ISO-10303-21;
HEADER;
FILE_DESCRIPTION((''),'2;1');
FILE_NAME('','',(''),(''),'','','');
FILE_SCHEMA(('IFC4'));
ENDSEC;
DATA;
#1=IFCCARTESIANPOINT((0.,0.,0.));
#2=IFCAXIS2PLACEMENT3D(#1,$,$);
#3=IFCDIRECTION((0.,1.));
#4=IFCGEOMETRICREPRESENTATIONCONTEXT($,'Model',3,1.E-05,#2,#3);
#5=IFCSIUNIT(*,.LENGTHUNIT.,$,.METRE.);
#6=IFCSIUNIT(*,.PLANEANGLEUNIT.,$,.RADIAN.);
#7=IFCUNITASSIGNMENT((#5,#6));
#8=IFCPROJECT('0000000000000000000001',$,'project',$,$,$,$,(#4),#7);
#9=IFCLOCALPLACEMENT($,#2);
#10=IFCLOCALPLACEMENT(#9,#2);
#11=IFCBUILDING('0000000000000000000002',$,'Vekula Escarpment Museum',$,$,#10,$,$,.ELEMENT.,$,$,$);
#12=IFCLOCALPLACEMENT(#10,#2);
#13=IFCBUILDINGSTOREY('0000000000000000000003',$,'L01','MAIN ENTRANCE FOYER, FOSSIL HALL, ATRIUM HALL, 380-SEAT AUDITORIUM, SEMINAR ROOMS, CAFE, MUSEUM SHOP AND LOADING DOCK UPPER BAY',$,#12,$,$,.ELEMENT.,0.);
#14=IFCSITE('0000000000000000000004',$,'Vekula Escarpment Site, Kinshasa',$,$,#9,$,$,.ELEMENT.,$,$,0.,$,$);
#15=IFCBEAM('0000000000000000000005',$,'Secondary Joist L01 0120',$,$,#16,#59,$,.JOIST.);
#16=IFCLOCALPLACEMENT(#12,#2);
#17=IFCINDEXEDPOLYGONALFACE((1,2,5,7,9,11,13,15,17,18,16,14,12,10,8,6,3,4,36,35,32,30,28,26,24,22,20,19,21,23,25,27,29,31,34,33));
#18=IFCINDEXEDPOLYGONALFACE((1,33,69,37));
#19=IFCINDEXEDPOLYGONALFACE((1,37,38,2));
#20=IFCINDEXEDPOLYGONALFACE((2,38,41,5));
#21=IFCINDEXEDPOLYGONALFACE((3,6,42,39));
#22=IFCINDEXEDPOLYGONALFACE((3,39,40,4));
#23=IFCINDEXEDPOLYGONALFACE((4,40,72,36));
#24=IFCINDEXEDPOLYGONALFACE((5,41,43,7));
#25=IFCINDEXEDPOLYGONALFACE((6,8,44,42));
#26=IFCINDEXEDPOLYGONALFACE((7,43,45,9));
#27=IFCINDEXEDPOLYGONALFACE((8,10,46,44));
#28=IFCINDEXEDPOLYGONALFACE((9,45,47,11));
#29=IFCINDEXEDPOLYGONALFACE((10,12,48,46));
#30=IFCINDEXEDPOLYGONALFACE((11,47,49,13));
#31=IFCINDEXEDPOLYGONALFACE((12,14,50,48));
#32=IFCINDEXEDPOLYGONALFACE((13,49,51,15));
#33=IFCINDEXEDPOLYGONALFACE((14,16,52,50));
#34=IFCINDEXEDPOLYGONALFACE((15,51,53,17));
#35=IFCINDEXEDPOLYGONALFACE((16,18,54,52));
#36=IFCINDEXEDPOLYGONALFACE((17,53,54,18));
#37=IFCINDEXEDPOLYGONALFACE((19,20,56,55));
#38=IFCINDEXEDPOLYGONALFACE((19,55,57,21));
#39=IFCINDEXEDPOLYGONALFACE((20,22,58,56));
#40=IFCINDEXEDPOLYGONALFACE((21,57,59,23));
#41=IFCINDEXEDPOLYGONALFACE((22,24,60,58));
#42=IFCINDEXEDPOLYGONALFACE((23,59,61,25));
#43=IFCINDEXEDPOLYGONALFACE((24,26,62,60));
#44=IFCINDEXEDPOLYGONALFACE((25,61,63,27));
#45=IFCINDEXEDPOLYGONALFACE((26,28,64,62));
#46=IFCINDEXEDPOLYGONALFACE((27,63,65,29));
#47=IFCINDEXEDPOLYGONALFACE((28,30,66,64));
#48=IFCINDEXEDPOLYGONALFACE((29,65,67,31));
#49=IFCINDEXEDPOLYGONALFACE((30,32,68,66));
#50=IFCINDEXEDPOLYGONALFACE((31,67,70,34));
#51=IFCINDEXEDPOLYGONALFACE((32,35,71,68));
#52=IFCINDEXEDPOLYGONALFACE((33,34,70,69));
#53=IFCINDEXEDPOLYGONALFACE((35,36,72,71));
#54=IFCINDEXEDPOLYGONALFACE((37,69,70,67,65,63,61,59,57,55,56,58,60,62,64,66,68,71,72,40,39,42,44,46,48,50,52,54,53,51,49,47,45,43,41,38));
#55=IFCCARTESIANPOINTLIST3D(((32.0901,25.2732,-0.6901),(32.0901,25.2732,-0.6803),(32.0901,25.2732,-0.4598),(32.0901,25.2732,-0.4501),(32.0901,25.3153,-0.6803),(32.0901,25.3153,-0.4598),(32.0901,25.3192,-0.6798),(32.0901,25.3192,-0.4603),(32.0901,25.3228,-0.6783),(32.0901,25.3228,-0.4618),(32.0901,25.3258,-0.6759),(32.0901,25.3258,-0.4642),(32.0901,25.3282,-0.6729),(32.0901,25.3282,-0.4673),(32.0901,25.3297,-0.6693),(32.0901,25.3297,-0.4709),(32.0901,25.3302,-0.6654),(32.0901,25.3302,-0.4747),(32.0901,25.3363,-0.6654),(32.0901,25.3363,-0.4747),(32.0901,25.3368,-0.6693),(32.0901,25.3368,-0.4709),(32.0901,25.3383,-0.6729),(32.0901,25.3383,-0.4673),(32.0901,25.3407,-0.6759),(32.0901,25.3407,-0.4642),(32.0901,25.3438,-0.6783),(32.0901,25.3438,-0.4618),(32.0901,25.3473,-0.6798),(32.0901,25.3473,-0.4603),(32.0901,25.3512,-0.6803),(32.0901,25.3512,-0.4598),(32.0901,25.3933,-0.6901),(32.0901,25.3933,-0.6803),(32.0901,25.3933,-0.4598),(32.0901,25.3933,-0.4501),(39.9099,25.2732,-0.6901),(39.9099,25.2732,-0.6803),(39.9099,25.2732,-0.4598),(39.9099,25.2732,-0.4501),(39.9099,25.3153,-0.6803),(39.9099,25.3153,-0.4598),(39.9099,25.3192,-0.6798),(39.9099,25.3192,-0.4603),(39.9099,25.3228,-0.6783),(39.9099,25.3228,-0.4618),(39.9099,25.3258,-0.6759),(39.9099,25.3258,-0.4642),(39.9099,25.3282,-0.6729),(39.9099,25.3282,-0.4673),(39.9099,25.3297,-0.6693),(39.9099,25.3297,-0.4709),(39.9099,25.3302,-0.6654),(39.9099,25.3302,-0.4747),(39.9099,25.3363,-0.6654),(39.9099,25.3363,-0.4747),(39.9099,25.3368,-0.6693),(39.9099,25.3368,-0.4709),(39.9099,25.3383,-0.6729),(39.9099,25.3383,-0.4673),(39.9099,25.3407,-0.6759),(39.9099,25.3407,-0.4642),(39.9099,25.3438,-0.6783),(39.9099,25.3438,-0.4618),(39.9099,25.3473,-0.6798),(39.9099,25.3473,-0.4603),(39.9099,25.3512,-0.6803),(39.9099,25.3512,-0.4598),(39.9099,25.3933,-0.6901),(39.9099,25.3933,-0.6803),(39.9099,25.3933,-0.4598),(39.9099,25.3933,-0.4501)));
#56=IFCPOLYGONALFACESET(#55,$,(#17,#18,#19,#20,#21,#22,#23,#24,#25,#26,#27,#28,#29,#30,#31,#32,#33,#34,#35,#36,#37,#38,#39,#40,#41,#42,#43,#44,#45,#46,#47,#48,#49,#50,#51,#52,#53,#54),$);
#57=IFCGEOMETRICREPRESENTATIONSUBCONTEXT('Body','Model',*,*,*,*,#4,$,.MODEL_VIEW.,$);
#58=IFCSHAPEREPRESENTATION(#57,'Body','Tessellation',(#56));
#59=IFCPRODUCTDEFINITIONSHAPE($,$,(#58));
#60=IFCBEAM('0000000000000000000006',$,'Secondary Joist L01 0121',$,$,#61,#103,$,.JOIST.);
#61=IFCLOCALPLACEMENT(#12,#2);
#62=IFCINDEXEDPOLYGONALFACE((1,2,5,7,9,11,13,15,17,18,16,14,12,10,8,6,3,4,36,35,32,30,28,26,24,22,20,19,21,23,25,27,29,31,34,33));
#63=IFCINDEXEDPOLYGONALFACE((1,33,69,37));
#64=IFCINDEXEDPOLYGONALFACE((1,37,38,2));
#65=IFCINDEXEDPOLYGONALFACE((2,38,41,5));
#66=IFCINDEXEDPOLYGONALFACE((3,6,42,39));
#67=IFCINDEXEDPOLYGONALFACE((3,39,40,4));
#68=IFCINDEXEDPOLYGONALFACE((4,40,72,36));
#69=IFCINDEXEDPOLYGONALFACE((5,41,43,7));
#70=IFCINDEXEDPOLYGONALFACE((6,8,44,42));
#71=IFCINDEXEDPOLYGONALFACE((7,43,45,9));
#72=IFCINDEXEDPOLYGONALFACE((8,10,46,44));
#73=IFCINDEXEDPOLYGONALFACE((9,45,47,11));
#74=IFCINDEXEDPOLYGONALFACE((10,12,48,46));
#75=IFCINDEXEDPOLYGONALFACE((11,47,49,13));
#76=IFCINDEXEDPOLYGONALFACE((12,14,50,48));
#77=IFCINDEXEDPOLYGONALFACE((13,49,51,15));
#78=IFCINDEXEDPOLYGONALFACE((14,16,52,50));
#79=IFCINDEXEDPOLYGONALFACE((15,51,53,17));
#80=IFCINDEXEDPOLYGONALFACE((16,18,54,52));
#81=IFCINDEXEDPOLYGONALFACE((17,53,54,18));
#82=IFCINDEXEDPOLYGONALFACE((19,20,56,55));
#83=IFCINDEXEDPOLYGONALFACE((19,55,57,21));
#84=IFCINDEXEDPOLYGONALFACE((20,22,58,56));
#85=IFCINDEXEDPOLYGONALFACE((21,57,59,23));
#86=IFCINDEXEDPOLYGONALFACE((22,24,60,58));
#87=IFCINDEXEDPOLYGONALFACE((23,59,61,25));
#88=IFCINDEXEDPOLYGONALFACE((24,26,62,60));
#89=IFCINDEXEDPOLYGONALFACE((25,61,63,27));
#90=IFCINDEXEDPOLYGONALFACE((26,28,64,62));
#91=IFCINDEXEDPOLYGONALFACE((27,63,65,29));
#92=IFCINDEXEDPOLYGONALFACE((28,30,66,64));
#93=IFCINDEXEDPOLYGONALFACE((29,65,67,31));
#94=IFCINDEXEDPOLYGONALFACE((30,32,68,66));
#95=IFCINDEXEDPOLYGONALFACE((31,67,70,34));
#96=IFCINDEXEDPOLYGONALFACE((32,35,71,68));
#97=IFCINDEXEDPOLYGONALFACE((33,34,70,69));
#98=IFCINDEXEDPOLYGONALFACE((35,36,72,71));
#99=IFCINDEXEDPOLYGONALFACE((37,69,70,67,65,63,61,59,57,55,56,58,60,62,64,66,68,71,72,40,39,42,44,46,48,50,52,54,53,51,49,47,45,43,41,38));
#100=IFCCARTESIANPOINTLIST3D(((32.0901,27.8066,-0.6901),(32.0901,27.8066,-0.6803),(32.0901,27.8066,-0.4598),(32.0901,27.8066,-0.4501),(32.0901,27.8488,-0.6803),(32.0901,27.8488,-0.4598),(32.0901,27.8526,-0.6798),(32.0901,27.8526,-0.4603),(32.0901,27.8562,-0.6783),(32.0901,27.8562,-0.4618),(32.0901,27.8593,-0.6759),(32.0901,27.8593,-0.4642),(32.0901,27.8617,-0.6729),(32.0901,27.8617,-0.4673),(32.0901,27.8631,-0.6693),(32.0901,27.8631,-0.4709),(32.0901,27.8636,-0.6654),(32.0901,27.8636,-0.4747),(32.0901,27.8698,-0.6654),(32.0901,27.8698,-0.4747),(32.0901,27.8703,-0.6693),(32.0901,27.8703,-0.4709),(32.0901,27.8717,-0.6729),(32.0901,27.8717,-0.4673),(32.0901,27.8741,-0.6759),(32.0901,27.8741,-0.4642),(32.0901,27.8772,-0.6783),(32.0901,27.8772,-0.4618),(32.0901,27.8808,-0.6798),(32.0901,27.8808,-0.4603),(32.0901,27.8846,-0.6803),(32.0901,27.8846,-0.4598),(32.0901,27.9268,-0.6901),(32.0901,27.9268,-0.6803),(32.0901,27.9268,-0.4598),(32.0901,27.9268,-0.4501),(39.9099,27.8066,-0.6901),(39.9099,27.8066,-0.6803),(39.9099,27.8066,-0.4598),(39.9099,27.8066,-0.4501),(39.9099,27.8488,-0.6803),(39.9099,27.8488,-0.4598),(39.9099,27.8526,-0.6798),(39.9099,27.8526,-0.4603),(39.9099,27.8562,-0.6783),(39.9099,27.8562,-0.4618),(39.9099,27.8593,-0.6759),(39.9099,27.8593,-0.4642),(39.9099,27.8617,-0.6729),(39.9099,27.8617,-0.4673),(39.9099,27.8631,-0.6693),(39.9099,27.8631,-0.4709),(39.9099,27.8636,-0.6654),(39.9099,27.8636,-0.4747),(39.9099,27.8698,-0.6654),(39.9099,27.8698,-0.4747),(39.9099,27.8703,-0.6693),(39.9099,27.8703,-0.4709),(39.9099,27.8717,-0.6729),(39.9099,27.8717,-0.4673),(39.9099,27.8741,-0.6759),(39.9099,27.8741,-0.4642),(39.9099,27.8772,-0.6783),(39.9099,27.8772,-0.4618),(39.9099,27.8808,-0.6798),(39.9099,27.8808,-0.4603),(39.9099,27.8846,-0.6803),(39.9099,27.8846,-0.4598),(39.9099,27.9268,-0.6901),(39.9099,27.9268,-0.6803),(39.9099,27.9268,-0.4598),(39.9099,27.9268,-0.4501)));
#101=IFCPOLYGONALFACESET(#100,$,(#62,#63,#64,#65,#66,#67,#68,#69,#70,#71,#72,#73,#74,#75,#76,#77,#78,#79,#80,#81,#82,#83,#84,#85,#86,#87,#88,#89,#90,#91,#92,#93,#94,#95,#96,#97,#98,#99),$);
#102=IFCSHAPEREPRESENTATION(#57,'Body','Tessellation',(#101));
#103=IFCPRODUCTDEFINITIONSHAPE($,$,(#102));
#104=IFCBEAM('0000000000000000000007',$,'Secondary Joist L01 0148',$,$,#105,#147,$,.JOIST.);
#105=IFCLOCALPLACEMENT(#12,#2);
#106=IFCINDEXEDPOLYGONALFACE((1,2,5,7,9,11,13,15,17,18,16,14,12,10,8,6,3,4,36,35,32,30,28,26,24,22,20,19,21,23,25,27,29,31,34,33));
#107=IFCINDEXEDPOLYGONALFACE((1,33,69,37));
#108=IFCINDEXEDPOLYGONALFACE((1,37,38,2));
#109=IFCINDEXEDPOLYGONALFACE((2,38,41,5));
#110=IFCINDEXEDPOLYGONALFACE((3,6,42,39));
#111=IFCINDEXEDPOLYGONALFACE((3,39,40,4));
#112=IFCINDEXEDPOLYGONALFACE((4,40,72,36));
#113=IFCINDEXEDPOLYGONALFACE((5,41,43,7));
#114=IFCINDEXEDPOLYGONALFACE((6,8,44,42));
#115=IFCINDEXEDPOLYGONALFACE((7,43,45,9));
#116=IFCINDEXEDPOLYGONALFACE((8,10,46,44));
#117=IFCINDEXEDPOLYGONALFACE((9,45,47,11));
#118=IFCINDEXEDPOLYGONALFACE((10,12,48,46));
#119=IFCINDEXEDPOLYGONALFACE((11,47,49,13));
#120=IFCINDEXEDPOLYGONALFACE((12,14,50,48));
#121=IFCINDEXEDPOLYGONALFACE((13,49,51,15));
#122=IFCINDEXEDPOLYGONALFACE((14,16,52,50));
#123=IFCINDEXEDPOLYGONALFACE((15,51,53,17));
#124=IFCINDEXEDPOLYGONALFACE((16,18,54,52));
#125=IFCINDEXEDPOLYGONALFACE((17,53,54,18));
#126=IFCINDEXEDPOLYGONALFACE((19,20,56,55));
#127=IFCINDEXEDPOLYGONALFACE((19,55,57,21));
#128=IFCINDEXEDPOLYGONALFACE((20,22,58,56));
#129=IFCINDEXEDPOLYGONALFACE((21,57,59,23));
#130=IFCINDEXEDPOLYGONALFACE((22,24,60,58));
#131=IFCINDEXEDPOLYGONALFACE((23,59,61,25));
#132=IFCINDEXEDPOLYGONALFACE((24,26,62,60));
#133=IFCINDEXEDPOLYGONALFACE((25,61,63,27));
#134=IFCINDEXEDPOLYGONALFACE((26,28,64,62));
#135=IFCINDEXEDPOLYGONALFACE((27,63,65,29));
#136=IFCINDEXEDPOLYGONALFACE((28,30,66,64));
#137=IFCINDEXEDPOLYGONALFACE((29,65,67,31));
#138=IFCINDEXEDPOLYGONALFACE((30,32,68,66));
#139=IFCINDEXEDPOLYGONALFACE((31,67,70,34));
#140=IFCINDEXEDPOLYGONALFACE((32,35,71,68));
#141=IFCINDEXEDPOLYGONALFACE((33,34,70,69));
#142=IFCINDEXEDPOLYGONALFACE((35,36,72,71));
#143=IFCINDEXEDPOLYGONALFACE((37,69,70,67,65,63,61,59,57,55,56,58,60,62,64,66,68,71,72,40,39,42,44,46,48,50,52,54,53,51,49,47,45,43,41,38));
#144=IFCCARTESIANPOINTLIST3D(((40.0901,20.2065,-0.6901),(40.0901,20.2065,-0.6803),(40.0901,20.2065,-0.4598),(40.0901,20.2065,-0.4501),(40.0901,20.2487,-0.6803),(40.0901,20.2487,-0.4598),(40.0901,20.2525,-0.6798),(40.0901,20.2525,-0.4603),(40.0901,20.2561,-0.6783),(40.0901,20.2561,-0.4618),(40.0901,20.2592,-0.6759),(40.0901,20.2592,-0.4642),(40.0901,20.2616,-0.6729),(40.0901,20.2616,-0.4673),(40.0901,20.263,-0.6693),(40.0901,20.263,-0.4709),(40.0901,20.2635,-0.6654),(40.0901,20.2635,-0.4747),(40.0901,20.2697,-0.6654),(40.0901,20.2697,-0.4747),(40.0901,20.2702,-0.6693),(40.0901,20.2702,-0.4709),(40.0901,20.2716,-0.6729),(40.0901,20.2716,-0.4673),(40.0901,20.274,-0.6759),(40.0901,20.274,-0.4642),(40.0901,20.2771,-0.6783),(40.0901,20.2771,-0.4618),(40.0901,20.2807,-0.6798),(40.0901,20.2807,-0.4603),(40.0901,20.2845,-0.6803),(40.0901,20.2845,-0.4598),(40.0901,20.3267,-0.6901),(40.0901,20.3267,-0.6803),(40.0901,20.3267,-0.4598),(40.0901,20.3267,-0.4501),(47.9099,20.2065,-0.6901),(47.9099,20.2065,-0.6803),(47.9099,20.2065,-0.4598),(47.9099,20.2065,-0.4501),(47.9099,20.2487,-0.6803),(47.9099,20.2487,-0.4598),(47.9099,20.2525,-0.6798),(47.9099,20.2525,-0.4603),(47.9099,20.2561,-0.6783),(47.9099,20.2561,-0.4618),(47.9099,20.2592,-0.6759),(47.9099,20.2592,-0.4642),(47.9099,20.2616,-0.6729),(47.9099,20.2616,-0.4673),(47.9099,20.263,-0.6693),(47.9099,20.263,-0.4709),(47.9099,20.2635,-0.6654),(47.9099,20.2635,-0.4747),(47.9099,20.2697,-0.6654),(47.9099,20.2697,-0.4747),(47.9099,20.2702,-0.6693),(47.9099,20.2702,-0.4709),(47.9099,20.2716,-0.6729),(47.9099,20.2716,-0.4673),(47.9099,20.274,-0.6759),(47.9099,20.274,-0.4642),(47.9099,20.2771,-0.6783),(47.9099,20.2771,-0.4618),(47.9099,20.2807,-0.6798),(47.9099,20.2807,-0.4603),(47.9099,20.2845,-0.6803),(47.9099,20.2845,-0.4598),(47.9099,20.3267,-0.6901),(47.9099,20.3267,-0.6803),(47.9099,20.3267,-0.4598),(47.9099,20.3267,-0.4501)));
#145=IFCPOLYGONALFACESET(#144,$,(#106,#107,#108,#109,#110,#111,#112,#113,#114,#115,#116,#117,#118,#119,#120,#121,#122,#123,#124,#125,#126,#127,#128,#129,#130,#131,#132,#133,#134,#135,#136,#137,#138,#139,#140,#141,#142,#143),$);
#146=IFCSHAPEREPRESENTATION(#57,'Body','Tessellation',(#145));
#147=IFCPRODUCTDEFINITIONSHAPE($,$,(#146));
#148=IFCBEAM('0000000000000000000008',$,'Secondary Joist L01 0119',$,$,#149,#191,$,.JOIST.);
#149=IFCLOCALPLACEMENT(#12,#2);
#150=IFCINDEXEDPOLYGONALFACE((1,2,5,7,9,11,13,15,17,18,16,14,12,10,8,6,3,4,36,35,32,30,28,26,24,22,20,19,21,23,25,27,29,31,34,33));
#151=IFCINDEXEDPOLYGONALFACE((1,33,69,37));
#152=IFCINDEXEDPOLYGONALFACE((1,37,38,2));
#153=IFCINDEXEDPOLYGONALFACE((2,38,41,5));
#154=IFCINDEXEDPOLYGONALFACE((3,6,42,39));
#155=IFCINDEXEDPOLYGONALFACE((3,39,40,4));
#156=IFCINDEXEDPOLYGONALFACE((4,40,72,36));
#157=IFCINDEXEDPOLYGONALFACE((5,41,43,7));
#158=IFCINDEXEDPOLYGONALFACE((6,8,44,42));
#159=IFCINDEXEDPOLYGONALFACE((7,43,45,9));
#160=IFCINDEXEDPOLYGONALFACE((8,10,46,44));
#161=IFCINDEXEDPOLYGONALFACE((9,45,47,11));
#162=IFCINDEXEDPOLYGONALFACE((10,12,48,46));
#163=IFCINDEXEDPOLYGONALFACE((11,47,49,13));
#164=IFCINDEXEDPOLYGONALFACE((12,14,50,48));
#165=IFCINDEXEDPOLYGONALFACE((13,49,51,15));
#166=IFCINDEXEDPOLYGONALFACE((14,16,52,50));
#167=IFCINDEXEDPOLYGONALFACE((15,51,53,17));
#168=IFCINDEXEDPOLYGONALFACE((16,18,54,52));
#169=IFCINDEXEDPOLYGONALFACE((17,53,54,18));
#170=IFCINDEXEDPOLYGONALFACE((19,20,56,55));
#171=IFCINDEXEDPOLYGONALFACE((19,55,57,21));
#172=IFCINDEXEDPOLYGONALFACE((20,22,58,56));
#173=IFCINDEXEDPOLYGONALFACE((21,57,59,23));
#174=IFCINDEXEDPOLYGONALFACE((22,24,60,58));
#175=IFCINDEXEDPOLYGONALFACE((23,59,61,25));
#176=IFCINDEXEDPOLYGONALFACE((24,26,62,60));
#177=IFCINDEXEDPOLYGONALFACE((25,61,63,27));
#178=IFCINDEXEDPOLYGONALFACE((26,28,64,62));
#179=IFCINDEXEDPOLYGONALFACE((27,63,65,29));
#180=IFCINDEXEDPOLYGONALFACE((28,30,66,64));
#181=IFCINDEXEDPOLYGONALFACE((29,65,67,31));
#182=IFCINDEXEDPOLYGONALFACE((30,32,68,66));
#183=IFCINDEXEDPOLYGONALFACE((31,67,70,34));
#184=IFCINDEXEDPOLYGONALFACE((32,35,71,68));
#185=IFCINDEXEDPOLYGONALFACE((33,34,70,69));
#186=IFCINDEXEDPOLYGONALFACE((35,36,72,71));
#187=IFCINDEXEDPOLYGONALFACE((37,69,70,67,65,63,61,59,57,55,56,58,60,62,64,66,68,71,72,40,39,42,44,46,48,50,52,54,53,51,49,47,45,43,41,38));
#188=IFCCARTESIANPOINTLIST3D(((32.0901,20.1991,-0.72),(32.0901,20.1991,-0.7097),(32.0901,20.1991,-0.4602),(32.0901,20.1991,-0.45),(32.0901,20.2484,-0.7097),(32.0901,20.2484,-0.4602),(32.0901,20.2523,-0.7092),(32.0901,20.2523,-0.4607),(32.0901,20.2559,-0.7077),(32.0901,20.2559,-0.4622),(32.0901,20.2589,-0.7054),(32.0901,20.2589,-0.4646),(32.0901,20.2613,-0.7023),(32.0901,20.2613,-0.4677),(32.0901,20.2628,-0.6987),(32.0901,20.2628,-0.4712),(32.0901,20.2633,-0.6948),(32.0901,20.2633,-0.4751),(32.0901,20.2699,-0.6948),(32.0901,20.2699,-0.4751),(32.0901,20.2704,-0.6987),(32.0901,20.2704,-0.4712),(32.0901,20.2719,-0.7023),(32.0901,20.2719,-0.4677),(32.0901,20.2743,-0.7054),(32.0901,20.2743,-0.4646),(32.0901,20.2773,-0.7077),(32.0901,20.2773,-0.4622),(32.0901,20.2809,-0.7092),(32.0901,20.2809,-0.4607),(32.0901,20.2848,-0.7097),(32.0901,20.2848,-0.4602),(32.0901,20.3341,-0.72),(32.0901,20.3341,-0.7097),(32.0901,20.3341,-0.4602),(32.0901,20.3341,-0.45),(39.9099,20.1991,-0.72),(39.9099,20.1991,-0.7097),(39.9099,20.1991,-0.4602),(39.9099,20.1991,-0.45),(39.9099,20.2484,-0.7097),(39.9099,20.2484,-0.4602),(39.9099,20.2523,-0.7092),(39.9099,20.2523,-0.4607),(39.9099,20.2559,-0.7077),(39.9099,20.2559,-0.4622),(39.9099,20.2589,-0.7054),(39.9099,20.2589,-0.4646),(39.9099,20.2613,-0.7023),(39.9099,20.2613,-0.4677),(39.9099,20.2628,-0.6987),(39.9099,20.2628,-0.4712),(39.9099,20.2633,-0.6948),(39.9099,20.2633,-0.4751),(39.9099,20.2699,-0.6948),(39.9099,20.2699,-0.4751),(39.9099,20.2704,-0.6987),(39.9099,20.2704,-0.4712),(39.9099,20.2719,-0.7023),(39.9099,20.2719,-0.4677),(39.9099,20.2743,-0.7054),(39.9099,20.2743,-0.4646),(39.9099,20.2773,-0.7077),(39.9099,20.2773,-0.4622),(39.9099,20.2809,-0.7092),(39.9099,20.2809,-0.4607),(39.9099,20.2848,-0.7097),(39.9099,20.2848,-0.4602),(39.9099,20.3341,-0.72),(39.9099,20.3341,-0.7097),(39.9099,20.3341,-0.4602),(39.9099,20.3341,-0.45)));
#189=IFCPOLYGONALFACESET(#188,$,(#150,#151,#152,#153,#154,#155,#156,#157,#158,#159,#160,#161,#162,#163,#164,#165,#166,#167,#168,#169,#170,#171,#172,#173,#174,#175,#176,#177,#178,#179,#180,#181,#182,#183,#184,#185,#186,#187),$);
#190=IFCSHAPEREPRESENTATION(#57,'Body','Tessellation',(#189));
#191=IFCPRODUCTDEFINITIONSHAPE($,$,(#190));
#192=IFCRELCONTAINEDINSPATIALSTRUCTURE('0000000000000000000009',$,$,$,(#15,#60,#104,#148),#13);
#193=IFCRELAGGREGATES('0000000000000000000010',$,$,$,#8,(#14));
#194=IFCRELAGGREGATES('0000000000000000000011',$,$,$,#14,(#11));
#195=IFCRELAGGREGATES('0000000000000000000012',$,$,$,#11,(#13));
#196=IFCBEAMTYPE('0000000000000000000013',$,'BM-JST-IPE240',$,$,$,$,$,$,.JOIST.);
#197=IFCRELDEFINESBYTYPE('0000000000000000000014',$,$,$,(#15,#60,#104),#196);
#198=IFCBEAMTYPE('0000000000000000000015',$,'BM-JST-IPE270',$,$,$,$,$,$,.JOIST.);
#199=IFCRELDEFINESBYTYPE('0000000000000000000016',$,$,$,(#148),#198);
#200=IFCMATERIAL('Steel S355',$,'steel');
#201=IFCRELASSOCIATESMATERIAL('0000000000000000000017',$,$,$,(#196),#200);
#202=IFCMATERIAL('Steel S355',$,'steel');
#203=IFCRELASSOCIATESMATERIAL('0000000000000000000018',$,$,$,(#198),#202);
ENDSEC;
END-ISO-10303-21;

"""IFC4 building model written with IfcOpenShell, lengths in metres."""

from ifc_helpers import new_model, si_unit, direction, frame, origin, origin_2d, place, context, subcontext, project, spatial, i_section, extrude, material, material_profile, profile_set, type_object, element, save


model = new_model("IFC4")

# Units and contexts
model_context = context("Model", 3, precision=1e-05, world=origin(), true_north=direction((0.0, 1.0)))
body_context = subcontext(model_context, "Body", "Model", "MODEL_VIEW")
ifc_project = project(units=[si_unit("LENGTHUNIT", "METRE"), si_unit("PLANEANGLEUNIT", "RADIAN")], contexts=[model_context])

# Site, building, storey
site_placement = place(None, origin())
site = spatial("IfcSite", under=ifc_project, at=site_placement, Name="Vekula Escarpment Site, Kinshasa", CompositionType="ELEMENT", RefElevation=0.0)
building_placement = place(site_placement, origin())
building = spatial("IfcBuilding", under=site, at=building_placement, Name="Vekula Escarpment Museum", CompositionType="ELEMENT")
storey_placement = place(building_placement, origin())
storey = spatial("IfcBuildingStorey", under=building, at=storey_placement, Name="L01", Description="MAIN ENTRANCE FOYER, FOSSIL HALL, ATRIUM HALL, 380-SEAT AUDITORIUM, SEMINAR ROOMS, CAFE, MUSEUM SHOP AND LOADING DOCK UPPER BAY", CompositionType="ELEMENT", Elevation=0.0)

# Beams
ifc_material_1 = material(Name="Steel S355", Category="steel")
ifc_material_profile_1 = material_profile(ifc_material_1, i_section(OverallWidth=0.1201, OverallDepth=0.24, WebThickness=0.0061, FlangeThickness=0.0098, FilletRadius=0.0149, at=origin_2d()), Name="IPE 240")
ifc_profile_set_1 = profile_set([ifc_material_profile_1], Name="Steel S355")
beam_type_1 = type_object("IfcBeamType", Name="BM-JST-IPE240", PredefinedType="JOIST", material=ifc_profile_set_1)
for number, where, z_axis, x_axis, name in (
    (1, (32.0901, 25.3333, -0.5701), (1.0, 0.0, 0.0), (0.0, 1.0, 0.0), "Secondary Joist L01 0120"),
    (2, (32.0901, 27.8667, -0.5701), (1.0, 0.0, 0.0), (0.0, 1.0, 0.0), "Secondary Joist L01 0121"),
    (3, (40.0901, 20.2666, -0.5701), (1.0, 0.0, 0.0), (0.0, 1.0, 0.0), "Secondary Joist L01 0148"),
):
    element("IfcBeam", number, at=place(storey_placement, frame(where, z_axis=z_axis, x_axis=x_axis)), inside=storey, type_object=beam_type_1, Name=name, PredefinedType="JOIST", context=body_context, shape_type="SweptSolid", body=[
        extrude(i_section(OverallWidth=0.1201, OverallDepth=0.24, WebThickness=0.0061, FlangeThickness=0.0098, FilletRadius=0.0149, at=origin_2d()), origin(), (0.0, 0.0, 1.0), 7.8198),
    ])
ifc_material_2 = material(Name="Steel S355", Category="steel")
ifc_material_profile_2 = material_profile(ifc_material_2, i_section(OverallWidth=0.135, OverallDepth=0.27, WebThickness=0.0066, FlangeThickness=0.0103, FilletRadius=0.0149, at=origin_2d()), Name="IPE 270")
ifc_profile_set_2 = profile_set([ifc_material_profile_2], Name="Steel S355")
beam_type_2 = type_object("IfcBeamType", Name="BM-JST-IPE270", PredefinedType="JOIST", material=ifc_profile_set_2)
beam_1_placement = place(storey_placement, frame((32.0901, 20.2666, -0.585), z_axis=(1.0, 0.0, 0.0), x_axis=(0.0, 1.0, 0.0)))
element("IfcBeam", 4, at=beam_1_placement, inside=storey, type_object=beam_type_2, Name="Secondary Joist L01 0119", PredefinedType="JOIST", context=body_context, shape_type="SweptSolid", body=[
    extrude(i_section(OverallWidth=0.135, OverallDepth=0.27, WebThickness=0.0066, FlangeThickness=0.0103, FilletRadius=0.0149, at=origin_2d()), origin(), (0.0, 0.0, 1.0), 7.8198),
])

save(model, "model.ifc")
